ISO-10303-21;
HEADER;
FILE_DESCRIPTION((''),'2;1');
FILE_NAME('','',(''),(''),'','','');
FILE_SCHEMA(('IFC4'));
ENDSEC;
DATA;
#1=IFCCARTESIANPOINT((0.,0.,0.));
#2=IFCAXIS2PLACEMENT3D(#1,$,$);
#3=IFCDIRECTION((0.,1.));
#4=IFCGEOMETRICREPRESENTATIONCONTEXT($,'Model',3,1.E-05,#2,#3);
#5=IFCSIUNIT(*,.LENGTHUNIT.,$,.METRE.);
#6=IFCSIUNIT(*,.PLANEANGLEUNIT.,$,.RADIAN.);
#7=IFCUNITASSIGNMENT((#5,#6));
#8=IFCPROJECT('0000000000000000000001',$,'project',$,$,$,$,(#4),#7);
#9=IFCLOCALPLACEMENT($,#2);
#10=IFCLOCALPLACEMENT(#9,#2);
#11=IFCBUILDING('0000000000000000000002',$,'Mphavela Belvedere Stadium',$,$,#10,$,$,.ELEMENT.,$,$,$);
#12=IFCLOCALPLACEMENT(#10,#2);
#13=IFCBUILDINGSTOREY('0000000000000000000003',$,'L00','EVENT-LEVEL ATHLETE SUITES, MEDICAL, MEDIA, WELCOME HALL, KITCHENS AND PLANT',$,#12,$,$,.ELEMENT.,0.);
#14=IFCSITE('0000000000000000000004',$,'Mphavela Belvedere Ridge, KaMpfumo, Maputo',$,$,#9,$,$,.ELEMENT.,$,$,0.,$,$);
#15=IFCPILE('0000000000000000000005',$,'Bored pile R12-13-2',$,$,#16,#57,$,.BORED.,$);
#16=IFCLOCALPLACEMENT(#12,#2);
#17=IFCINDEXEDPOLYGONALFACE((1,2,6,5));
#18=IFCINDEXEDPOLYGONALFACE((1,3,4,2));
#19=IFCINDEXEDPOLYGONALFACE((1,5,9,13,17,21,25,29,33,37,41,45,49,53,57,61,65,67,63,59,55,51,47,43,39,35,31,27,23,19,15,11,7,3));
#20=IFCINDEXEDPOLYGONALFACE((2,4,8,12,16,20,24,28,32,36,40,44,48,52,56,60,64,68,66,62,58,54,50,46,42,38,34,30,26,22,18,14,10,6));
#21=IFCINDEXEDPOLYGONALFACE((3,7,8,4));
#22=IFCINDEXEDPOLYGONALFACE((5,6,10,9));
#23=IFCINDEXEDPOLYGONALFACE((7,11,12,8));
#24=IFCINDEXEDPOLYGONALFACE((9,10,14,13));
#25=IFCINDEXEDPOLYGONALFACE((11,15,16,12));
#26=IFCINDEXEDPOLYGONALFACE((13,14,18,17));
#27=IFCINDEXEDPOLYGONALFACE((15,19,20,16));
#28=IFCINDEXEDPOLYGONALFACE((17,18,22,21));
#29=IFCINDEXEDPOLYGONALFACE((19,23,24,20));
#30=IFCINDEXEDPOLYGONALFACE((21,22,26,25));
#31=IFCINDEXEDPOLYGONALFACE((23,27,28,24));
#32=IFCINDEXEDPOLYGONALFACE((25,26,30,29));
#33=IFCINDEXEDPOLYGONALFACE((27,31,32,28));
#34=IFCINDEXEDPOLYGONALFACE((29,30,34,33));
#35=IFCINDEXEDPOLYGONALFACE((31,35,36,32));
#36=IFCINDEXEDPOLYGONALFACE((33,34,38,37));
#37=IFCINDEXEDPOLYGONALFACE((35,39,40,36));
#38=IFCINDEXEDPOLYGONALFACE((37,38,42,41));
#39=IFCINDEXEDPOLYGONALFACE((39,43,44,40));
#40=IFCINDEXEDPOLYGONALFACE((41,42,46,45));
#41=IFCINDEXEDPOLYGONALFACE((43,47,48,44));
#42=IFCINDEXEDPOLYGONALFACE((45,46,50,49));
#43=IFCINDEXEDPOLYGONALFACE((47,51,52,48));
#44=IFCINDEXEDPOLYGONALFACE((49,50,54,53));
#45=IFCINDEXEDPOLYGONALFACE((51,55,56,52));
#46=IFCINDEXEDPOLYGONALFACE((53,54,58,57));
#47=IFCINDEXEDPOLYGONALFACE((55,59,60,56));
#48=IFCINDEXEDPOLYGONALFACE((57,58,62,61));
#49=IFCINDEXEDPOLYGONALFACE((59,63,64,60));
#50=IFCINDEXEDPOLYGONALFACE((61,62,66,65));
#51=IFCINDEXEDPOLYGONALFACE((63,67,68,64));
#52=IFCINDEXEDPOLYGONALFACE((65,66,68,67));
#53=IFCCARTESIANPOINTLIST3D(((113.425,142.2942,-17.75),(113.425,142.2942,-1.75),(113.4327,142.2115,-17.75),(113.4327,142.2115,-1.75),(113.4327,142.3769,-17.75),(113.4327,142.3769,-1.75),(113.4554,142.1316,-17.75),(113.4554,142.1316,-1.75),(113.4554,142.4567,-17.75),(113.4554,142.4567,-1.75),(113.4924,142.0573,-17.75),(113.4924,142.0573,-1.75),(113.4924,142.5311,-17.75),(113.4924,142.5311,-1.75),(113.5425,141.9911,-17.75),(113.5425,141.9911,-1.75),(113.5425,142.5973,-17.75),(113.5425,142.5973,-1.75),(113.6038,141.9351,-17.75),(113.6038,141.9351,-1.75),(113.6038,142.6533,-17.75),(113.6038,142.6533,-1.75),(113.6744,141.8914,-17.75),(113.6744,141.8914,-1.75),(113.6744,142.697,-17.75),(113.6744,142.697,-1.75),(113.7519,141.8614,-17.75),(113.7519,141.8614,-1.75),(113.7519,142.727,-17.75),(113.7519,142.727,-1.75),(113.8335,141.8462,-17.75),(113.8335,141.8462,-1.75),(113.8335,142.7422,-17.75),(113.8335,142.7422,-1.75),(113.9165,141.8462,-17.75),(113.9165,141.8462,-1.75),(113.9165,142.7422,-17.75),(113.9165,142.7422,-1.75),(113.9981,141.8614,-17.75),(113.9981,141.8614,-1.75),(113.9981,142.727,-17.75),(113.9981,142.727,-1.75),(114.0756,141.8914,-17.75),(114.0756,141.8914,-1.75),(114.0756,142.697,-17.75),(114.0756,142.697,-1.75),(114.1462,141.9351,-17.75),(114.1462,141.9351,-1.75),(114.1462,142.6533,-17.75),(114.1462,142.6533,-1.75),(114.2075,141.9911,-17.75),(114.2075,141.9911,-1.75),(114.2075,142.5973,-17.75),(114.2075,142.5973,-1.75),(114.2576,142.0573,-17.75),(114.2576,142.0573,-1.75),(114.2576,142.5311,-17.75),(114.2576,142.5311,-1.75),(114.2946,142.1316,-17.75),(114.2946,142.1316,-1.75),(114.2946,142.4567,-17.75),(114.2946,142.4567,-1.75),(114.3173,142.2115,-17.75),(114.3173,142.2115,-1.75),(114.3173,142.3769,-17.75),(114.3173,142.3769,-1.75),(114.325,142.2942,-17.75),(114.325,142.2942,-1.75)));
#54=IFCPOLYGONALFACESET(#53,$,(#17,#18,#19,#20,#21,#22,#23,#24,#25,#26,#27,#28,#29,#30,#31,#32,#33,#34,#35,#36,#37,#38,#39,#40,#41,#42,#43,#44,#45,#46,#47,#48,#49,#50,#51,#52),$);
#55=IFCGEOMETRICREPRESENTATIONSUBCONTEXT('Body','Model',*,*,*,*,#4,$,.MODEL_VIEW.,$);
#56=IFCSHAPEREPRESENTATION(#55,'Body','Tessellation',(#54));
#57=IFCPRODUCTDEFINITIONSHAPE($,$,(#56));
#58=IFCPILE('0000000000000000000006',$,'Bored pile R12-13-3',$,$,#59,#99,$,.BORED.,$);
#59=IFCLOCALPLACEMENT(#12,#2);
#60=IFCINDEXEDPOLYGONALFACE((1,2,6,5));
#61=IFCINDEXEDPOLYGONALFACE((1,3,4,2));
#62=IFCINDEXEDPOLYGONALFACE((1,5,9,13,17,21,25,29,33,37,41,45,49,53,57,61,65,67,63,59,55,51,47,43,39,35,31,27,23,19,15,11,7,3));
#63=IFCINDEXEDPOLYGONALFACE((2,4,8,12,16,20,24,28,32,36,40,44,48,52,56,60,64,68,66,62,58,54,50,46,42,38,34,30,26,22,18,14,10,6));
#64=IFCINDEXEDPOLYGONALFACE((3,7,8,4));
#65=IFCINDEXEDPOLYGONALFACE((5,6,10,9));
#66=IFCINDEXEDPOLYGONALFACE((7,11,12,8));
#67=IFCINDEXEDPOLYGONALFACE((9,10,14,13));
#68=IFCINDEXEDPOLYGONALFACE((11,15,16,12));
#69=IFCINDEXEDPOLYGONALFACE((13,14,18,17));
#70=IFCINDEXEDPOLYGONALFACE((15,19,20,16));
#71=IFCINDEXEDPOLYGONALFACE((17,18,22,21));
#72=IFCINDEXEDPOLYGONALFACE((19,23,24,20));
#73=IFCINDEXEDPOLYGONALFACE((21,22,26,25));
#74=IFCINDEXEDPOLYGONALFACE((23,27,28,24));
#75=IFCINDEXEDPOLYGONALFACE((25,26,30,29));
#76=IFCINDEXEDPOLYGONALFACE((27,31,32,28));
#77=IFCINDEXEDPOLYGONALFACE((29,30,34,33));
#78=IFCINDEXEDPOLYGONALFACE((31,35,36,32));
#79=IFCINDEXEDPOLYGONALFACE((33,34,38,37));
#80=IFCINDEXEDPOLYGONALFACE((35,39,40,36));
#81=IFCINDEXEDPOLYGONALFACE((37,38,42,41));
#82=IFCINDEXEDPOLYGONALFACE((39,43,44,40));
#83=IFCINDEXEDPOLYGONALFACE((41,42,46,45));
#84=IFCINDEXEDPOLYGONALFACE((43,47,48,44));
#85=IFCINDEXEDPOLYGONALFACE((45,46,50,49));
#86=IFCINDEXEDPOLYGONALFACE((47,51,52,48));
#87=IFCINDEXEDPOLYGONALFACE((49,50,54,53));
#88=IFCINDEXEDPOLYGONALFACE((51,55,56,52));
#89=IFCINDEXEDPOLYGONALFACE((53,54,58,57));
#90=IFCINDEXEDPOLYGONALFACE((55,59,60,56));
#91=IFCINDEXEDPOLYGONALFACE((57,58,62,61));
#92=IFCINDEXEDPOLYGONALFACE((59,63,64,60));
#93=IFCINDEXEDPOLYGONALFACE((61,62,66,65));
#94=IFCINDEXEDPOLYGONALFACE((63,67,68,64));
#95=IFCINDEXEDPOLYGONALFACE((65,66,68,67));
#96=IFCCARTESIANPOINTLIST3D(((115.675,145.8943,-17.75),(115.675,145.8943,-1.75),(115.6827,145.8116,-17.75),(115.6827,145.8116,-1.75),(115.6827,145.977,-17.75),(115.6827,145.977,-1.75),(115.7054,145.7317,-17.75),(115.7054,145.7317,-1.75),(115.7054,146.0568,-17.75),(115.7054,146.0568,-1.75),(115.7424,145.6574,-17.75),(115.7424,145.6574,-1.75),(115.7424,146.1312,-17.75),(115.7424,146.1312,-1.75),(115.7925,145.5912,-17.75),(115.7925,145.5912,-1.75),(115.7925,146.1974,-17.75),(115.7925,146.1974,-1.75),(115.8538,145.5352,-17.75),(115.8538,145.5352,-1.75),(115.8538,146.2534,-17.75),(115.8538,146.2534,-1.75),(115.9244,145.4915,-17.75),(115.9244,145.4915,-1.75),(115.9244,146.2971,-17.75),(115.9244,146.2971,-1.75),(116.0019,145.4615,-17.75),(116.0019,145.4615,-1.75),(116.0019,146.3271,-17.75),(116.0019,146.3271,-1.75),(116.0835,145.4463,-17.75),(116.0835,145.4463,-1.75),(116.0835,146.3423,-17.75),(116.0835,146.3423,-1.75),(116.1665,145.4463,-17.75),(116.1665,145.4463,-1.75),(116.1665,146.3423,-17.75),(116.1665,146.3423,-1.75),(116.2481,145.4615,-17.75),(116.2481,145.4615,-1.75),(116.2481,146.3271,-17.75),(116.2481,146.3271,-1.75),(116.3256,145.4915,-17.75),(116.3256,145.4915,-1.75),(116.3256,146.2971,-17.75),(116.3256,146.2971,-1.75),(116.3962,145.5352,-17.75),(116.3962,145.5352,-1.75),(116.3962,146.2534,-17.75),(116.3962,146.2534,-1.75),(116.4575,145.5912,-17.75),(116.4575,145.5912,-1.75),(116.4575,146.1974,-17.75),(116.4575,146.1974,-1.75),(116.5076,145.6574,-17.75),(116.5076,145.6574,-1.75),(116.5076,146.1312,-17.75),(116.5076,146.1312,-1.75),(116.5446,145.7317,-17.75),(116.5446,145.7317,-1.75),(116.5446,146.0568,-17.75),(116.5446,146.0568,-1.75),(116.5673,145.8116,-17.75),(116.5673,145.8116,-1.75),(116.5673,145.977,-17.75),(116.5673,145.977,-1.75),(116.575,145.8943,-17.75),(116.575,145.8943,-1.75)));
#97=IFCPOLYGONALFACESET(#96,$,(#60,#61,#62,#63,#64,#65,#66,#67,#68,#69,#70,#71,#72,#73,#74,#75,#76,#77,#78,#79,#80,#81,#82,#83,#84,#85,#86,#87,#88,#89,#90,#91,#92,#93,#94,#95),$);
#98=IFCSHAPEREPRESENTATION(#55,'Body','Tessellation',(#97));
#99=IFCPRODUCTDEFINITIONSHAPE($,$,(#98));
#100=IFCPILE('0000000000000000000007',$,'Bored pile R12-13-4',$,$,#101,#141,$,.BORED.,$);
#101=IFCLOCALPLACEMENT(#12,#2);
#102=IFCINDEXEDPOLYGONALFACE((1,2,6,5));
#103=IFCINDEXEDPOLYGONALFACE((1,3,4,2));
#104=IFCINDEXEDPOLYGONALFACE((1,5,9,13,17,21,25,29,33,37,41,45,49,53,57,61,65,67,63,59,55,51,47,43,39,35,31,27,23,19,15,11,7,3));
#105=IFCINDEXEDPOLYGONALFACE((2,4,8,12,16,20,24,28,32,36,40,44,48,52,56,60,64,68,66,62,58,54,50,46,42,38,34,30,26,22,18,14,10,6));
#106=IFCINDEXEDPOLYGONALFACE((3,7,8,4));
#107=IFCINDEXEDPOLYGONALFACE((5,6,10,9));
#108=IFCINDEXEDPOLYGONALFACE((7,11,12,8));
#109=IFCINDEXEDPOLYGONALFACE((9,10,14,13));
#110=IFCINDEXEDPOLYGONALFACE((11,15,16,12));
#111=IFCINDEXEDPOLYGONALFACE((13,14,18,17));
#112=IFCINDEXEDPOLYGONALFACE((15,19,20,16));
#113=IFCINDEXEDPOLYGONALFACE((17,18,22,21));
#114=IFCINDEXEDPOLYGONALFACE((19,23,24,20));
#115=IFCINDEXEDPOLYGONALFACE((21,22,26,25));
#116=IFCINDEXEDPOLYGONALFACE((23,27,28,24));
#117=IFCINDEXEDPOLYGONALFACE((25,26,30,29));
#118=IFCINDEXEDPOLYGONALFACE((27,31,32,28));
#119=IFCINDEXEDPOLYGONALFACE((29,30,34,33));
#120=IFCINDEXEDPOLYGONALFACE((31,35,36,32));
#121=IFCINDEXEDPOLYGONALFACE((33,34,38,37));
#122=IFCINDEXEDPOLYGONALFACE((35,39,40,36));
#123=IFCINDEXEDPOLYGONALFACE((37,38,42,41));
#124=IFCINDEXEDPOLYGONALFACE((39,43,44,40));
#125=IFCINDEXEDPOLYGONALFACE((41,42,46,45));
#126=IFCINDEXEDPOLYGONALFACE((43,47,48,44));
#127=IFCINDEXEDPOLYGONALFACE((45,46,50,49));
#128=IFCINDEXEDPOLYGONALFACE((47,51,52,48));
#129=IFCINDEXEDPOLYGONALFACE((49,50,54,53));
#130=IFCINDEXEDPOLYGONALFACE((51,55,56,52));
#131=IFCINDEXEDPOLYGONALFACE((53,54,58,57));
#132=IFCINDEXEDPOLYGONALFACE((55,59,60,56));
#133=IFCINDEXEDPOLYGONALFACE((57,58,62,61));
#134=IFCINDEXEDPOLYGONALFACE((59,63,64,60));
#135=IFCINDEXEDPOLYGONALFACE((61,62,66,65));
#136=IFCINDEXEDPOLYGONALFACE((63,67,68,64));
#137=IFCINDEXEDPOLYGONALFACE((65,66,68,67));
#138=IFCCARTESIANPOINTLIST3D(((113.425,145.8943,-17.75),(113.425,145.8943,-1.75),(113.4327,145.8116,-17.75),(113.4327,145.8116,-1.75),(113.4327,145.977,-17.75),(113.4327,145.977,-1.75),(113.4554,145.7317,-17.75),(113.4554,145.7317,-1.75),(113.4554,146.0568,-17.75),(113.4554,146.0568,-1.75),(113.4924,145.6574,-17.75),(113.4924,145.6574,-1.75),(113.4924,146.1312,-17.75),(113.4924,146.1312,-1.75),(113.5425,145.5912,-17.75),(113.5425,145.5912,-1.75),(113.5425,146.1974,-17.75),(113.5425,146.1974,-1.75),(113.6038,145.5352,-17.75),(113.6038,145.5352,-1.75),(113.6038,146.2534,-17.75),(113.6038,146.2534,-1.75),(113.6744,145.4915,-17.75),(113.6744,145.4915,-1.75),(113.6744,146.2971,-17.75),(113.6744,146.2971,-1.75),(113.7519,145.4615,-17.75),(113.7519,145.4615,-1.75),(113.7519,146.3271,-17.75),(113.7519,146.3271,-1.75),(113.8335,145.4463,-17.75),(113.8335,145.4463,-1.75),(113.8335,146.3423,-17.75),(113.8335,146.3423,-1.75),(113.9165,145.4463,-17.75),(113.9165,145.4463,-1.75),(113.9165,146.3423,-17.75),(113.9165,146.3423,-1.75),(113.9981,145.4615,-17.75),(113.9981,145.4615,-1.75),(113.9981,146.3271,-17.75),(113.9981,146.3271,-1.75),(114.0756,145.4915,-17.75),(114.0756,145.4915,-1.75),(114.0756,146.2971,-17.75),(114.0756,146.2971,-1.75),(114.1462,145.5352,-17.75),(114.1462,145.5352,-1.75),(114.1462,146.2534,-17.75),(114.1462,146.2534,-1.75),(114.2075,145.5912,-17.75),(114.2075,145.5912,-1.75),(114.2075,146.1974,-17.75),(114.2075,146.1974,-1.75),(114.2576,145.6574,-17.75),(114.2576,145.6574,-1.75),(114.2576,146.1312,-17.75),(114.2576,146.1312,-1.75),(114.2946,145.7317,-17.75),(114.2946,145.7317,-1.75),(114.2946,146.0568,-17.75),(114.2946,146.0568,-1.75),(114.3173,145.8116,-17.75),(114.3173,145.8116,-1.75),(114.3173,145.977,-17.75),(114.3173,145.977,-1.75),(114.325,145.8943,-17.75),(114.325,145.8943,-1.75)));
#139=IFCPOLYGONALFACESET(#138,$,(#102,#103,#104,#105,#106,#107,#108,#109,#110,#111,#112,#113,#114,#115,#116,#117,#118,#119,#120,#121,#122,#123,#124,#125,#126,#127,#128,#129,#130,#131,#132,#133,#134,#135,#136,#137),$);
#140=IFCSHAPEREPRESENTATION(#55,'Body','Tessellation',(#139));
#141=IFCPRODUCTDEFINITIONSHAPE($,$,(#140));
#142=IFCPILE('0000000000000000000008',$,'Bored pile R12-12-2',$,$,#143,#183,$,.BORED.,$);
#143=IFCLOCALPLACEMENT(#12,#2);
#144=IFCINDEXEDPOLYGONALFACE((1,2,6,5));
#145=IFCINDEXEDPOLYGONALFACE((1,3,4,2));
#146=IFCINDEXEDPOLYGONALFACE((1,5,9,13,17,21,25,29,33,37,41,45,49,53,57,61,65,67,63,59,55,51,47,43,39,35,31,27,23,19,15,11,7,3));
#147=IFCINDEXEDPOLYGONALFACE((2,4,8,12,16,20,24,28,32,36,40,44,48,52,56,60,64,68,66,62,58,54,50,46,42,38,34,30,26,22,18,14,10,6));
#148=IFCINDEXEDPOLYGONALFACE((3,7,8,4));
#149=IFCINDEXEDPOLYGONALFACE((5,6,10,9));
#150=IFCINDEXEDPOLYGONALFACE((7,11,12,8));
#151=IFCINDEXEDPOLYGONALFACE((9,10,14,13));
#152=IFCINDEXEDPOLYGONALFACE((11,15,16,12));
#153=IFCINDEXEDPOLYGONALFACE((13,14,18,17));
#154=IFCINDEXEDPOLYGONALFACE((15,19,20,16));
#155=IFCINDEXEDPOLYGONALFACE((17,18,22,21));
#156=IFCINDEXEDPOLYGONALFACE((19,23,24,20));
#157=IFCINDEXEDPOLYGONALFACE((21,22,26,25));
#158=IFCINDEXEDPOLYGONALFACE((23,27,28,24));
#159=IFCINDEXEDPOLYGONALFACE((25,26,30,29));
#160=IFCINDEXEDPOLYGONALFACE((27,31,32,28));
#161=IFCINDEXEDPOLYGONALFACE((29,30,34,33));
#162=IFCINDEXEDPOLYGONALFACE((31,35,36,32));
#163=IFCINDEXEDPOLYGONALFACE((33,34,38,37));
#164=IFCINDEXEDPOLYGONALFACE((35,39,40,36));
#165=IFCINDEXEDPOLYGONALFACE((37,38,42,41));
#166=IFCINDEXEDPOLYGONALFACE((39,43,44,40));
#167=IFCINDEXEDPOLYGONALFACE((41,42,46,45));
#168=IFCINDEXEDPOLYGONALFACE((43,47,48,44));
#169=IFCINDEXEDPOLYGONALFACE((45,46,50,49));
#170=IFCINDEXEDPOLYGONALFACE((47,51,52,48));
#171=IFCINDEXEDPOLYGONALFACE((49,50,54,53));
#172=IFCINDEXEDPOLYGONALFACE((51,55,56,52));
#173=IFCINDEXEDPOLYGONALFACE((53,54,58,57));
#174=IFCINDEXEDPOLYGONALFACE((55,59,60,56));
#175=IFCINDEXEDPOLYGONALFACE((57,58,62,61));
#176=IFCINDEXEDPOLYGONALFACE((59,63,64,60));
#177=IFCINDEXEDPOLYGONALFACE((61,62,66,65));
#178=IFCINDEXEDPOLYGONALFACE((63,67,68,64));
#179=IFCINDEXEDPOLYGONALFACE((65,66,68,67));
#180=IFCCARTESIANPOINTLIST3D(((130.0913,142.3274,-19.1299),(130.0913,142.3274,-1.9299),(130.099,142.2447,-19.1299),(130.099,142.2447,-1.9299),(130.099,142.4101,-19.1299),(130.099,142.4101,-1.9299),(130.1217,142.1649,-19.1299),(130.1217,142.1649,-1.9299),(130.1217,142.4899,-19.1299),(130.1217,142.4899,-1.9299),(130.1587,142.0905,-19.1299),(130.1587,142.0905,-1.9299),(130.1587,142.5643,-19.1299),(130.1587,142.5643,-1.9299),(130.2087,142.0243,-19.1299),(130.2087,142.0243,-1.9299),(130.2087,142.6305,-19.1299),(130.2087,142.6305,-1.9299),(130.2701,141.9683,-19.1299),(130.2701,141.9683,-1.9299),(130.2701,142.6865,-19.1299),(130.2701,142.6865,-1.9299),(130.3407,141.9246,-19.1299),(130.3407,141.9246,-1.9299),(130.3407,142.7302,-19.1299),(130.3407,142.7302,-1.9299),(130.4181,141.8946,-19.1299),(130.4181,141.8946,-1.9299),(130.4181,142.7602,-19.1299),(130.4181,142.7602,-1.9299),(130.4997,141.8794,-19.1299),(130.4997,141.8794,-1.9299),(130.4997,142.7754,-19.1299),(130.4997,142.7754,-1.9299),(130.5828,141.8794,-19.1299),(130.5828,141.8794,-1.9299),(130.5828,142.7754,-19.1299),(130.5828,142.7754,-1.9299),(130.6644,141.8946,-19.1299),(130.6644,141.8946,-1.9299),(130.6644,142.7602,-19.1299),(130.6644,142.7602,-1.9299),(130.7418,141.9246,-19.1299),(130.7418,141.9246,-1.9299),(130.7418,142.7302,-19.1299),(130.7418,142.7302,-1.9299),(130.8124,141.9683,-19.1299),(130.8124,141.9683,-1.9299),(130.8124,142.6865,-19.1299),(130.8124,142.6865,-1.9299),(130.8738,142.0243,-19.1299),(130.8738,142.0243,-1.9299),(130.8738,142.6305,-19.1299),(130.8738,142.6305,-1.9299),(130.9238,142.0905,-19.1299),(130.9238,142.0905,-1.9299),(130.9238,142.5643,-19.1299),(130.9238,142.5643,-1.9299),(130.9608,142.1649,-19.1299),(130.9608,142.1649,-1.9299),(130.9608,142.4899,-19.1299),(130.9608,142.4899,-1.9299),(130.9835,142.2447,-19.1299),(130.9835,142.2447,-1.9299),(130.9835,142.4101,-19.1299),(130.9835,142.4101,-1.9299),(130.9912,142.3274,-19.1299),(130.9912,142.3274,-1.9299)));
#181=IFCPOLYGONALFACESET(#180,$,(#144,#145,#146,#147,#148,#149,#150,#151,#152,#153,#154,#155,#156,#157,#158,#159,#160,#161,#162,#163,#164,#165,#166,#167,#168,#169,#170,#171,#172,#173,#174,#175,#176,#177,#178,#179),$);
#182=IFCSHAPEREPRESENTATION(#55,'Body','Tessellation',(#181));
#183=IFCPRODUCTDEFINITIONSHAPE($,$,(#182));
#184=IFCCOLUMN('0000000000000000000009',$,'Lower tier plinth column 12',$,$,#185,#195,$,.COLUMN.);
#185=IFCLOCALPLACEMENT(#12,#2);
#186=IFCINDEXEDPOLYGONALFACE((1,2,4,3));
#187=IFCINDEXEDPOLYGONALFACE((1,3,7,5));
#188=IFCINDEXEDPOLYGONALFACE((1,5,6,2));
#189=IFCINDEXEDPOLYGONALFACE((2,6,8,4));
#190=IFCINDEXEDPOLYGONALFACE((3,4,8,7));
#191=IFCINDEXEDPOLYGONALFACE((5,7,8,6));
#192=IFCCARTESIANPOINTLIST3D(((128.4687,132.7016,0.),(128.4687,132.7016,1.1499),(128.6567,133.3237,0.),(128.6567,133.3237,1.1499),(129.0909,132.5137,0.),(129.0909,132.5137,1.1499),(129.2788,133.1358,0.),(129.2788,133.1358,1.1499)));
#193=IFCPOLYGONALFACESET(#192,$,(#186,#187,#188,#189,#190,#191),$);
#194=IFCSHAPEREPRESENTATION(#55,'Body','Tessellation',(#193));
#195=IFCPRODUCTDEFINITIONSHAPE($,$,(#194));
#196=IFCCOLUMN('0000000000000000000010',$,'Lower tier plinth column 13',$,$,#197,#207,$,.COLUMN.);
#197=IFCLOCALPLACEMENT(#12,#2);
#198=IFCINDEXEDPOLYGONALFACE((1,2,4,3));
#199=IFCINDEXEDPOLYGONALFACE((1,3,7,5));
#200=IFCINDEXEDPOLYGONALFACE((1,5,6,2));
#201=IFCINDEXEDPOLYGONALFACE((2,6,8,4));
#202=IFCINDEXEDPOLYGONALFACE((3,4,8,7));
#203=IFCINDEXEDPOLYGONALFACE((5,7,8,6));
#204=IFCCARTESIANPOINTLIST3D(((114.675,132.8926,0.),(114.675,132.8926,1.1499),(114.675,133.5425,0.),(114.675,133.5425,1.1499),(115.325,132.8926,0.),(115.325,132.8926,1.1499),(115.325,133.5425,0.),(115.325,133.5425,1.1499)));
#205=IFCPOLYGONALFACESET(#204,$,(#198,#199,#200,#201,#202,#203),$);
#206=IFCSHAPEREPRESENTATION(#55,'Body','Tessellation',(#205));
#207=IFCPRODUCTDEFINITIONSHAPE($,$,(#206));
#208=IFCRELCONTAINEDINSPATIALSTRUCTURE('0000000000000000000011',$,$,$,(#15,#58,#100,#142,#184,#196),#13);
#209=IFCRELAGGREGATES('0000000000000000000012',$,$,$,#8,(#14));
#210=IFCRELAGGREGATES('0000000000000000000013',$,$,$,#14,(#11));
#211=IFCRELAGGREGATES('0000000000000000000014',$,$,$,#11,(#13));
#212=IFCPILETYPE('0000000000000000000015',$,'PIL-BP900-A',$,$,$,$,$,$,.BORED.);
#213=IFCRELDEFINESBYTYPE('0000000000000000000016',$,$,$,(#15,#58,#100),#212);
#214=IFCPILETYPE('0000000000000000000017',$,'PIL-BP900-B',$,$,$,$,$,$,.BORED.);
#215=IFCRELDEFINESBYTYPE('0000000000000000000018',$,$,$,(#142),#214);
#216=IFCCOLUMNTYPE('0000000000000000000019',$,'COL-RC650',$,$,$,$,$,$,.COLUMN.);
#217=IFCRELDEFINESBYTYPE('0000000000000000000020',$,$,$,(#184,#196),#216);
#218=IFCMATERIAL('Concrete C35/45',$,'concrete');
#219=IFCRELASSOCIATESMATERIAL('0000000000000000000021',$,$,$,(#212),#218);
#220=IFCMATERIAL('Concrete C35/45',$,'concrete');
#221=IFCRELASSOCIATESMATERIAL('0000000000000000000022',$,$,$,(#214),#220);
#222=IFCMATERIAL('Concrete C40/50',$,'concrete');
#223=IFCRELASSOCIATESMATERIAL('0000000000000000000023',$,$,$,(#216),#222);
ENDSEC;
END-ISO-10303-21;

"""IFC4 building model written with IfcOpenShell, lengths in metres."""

from ifc_helpers import new_model, si_unit, direction, frame, origin, origin_2d, place, context, subcontext, project, spatial, rectangle, circle, extrude, material, material_profile, profile_set, type_object, element, save


model = new_model("IFC4")

# Units and contexts
model_context = context("Model", 3, precision=1e-05, world=origin(), true_north=direction((0.0, 1.0)))
body_context = subcontext(model_context, "Body", "Model", "MODEL_VIEW")
ifc_project = project(units=[si_unit("LENGTHUNIT", "METRE"), si_unit("PLANEANGLEUNIT", "RADIAN")], contexts=[model_context])

# Site, building, storey
site_placement = place(None, origin())
site = spatial("IfcSite", under=ifc_project, at=site_placement, Name="Mphavela Belvedere Ridge, KaMpfumo, Maputo", CompositionType="ELEMENT", RefElevation=0.0)
building_placement = place(site_placement, origin())
building = spatial("IfcBuilding", under=site, at=building_placement, Name="Mphavela Belvedere Stadium", CompositionType="ELEMENT")
storey_placement = place(building_placement, origin())
storey = spatial("IfcBuildingStorey", under=building, at=storey_placement, Name="L00", Description="EVENT-LEVEL ATHLETE SUITES, MEDICAL, MEDIA, WELCOME HALL, KITCHENS AND PLANT", CompositionType="ELEMENT", Elevation=0.0)

# Piles
ifc_material_1 = material(Name="Concrete C35/45", Category="concrete")
ifc_material_profile_1 = material_profile(ifc_material_1, circle(Radius=0.45, at=origin_2d()), Name="BP D900")
ifc_profile_set_1 = profile_set([ifc_material_profile_1], Name="Concrete C35/45")
pile_type_1 = type_object("IfcPileType", Name="PIL-BP900-A", PredefinedType="BORED", material=ifc_profile_set_1)
for number, where, z_axis, x_axis, name in (
    (1, (113.875, 142.2942, -1.75), (0.0, 0.0, -1.0), (1.0, 0.0, 0.0), "Bored pile R12-13-2"),
    (2, (116.125, 145.8943, -1.75), (0.0, 0.0, -1.0), (1.0, 0.0, 0.0), "Bored pile R12-13-3"),
    (3, (113.875, 145.8943, -1.75), (0.0, 0.0, -1.0), (1.0, 0.0, 0.0), "Bored pile R12-13-4"),
):
    element("IfcPile", number, at=place(storey_placement, frame(where, z_axis=z_axis, x_axis=x_axis)), inside=storey, type_object=pile_type_1, Name=name, PredefinedType="BORED", context=body_context, shape_type="SweptSolid", body=[
        extrude(circle(Radius=0.45, at=origin_2d()), origin(), (0.0, 0.0, 1.0), 16.0),
    ])
ifc_material_2 = material(Name="Concrete C35/45", Category="concrete")
ifc_material_profile_2 = material_profile(ifc_material_2, circle(Radius=0.45, at=origin_2d()), Name="BP D900")
ifc_profile_set_2 = profile_set([ifc_material_profile_2], Name="Concrete C35/45")
pile_type_2 = type_object("IfcPileType", Name="PIL-BP900-B", PredefinedType="BORED", material=ifc_profile_set_2)
pile_placement = place(storey_placement, frame((130.5413, 142.3274, -1.9299), z_axis=(0.0, 0.0, -1.0), x_axis=(1.0, 0.0, 0.0)))
element("IfcPile", 4, at=pile_placement, inside=storey, type_object=pile_type_2, Name="Bored pile R12-12-2", PredefinedType="BORED", context=body_context, shape_type="SweptSolid", body=[
    extrude(circle(Radius=0.45, at=origin_2d()), origin(), (0.0, 0.0, 1.0), 17.2),
])

# Columns
ifc_material_3 = material(Name="Concrete C40/50", Category="concrete")
ifc_material_profile_3 = material_profile(ifc_material_3, rectangle(XDim=0.6499, YDim=0.6499, at=origin_2d()), Name="RC 650x650")
ifc_profile_set_3 = profile_set([ifc_material_profile_3], Name="Concrete C40/50")
column_type_1 = type_object("IfcColumnType", Name="COL-RC650", PredefinedType="COLUMN", material=ifc_profile_set_3)
for number, where, z_axis, x_axis, name in (
    (5, (128.8738, 132.9187, 0.0), (0.0, 0.0, 1.0), (0.289199, 0.957269, 0.0), "Lower tier plinth column 12"),
    (6, (115.0, 133.2175, 0.0), (0.0, 0.0, 1.0), (0.0, 1.0, 0.0), "Lower tier plinth column 13"),
):
    element("IfcColumn", number, at=place(storey_placement, frame(where, z_axis=z_axis, x_axis=x_axis)), inside=storey, type_object=column_type_1, Name=name, PredefinedType="COLUMN", context=body_context, shape_type="SweptSolid", body=[
        extrude(rectangle(XDim=0.6499, YDim=0.6499, at=origin_2d()), origin(), (0.0, 0.0, 1.0), 1.1499),
    ])

save(model, "model.ifc")
